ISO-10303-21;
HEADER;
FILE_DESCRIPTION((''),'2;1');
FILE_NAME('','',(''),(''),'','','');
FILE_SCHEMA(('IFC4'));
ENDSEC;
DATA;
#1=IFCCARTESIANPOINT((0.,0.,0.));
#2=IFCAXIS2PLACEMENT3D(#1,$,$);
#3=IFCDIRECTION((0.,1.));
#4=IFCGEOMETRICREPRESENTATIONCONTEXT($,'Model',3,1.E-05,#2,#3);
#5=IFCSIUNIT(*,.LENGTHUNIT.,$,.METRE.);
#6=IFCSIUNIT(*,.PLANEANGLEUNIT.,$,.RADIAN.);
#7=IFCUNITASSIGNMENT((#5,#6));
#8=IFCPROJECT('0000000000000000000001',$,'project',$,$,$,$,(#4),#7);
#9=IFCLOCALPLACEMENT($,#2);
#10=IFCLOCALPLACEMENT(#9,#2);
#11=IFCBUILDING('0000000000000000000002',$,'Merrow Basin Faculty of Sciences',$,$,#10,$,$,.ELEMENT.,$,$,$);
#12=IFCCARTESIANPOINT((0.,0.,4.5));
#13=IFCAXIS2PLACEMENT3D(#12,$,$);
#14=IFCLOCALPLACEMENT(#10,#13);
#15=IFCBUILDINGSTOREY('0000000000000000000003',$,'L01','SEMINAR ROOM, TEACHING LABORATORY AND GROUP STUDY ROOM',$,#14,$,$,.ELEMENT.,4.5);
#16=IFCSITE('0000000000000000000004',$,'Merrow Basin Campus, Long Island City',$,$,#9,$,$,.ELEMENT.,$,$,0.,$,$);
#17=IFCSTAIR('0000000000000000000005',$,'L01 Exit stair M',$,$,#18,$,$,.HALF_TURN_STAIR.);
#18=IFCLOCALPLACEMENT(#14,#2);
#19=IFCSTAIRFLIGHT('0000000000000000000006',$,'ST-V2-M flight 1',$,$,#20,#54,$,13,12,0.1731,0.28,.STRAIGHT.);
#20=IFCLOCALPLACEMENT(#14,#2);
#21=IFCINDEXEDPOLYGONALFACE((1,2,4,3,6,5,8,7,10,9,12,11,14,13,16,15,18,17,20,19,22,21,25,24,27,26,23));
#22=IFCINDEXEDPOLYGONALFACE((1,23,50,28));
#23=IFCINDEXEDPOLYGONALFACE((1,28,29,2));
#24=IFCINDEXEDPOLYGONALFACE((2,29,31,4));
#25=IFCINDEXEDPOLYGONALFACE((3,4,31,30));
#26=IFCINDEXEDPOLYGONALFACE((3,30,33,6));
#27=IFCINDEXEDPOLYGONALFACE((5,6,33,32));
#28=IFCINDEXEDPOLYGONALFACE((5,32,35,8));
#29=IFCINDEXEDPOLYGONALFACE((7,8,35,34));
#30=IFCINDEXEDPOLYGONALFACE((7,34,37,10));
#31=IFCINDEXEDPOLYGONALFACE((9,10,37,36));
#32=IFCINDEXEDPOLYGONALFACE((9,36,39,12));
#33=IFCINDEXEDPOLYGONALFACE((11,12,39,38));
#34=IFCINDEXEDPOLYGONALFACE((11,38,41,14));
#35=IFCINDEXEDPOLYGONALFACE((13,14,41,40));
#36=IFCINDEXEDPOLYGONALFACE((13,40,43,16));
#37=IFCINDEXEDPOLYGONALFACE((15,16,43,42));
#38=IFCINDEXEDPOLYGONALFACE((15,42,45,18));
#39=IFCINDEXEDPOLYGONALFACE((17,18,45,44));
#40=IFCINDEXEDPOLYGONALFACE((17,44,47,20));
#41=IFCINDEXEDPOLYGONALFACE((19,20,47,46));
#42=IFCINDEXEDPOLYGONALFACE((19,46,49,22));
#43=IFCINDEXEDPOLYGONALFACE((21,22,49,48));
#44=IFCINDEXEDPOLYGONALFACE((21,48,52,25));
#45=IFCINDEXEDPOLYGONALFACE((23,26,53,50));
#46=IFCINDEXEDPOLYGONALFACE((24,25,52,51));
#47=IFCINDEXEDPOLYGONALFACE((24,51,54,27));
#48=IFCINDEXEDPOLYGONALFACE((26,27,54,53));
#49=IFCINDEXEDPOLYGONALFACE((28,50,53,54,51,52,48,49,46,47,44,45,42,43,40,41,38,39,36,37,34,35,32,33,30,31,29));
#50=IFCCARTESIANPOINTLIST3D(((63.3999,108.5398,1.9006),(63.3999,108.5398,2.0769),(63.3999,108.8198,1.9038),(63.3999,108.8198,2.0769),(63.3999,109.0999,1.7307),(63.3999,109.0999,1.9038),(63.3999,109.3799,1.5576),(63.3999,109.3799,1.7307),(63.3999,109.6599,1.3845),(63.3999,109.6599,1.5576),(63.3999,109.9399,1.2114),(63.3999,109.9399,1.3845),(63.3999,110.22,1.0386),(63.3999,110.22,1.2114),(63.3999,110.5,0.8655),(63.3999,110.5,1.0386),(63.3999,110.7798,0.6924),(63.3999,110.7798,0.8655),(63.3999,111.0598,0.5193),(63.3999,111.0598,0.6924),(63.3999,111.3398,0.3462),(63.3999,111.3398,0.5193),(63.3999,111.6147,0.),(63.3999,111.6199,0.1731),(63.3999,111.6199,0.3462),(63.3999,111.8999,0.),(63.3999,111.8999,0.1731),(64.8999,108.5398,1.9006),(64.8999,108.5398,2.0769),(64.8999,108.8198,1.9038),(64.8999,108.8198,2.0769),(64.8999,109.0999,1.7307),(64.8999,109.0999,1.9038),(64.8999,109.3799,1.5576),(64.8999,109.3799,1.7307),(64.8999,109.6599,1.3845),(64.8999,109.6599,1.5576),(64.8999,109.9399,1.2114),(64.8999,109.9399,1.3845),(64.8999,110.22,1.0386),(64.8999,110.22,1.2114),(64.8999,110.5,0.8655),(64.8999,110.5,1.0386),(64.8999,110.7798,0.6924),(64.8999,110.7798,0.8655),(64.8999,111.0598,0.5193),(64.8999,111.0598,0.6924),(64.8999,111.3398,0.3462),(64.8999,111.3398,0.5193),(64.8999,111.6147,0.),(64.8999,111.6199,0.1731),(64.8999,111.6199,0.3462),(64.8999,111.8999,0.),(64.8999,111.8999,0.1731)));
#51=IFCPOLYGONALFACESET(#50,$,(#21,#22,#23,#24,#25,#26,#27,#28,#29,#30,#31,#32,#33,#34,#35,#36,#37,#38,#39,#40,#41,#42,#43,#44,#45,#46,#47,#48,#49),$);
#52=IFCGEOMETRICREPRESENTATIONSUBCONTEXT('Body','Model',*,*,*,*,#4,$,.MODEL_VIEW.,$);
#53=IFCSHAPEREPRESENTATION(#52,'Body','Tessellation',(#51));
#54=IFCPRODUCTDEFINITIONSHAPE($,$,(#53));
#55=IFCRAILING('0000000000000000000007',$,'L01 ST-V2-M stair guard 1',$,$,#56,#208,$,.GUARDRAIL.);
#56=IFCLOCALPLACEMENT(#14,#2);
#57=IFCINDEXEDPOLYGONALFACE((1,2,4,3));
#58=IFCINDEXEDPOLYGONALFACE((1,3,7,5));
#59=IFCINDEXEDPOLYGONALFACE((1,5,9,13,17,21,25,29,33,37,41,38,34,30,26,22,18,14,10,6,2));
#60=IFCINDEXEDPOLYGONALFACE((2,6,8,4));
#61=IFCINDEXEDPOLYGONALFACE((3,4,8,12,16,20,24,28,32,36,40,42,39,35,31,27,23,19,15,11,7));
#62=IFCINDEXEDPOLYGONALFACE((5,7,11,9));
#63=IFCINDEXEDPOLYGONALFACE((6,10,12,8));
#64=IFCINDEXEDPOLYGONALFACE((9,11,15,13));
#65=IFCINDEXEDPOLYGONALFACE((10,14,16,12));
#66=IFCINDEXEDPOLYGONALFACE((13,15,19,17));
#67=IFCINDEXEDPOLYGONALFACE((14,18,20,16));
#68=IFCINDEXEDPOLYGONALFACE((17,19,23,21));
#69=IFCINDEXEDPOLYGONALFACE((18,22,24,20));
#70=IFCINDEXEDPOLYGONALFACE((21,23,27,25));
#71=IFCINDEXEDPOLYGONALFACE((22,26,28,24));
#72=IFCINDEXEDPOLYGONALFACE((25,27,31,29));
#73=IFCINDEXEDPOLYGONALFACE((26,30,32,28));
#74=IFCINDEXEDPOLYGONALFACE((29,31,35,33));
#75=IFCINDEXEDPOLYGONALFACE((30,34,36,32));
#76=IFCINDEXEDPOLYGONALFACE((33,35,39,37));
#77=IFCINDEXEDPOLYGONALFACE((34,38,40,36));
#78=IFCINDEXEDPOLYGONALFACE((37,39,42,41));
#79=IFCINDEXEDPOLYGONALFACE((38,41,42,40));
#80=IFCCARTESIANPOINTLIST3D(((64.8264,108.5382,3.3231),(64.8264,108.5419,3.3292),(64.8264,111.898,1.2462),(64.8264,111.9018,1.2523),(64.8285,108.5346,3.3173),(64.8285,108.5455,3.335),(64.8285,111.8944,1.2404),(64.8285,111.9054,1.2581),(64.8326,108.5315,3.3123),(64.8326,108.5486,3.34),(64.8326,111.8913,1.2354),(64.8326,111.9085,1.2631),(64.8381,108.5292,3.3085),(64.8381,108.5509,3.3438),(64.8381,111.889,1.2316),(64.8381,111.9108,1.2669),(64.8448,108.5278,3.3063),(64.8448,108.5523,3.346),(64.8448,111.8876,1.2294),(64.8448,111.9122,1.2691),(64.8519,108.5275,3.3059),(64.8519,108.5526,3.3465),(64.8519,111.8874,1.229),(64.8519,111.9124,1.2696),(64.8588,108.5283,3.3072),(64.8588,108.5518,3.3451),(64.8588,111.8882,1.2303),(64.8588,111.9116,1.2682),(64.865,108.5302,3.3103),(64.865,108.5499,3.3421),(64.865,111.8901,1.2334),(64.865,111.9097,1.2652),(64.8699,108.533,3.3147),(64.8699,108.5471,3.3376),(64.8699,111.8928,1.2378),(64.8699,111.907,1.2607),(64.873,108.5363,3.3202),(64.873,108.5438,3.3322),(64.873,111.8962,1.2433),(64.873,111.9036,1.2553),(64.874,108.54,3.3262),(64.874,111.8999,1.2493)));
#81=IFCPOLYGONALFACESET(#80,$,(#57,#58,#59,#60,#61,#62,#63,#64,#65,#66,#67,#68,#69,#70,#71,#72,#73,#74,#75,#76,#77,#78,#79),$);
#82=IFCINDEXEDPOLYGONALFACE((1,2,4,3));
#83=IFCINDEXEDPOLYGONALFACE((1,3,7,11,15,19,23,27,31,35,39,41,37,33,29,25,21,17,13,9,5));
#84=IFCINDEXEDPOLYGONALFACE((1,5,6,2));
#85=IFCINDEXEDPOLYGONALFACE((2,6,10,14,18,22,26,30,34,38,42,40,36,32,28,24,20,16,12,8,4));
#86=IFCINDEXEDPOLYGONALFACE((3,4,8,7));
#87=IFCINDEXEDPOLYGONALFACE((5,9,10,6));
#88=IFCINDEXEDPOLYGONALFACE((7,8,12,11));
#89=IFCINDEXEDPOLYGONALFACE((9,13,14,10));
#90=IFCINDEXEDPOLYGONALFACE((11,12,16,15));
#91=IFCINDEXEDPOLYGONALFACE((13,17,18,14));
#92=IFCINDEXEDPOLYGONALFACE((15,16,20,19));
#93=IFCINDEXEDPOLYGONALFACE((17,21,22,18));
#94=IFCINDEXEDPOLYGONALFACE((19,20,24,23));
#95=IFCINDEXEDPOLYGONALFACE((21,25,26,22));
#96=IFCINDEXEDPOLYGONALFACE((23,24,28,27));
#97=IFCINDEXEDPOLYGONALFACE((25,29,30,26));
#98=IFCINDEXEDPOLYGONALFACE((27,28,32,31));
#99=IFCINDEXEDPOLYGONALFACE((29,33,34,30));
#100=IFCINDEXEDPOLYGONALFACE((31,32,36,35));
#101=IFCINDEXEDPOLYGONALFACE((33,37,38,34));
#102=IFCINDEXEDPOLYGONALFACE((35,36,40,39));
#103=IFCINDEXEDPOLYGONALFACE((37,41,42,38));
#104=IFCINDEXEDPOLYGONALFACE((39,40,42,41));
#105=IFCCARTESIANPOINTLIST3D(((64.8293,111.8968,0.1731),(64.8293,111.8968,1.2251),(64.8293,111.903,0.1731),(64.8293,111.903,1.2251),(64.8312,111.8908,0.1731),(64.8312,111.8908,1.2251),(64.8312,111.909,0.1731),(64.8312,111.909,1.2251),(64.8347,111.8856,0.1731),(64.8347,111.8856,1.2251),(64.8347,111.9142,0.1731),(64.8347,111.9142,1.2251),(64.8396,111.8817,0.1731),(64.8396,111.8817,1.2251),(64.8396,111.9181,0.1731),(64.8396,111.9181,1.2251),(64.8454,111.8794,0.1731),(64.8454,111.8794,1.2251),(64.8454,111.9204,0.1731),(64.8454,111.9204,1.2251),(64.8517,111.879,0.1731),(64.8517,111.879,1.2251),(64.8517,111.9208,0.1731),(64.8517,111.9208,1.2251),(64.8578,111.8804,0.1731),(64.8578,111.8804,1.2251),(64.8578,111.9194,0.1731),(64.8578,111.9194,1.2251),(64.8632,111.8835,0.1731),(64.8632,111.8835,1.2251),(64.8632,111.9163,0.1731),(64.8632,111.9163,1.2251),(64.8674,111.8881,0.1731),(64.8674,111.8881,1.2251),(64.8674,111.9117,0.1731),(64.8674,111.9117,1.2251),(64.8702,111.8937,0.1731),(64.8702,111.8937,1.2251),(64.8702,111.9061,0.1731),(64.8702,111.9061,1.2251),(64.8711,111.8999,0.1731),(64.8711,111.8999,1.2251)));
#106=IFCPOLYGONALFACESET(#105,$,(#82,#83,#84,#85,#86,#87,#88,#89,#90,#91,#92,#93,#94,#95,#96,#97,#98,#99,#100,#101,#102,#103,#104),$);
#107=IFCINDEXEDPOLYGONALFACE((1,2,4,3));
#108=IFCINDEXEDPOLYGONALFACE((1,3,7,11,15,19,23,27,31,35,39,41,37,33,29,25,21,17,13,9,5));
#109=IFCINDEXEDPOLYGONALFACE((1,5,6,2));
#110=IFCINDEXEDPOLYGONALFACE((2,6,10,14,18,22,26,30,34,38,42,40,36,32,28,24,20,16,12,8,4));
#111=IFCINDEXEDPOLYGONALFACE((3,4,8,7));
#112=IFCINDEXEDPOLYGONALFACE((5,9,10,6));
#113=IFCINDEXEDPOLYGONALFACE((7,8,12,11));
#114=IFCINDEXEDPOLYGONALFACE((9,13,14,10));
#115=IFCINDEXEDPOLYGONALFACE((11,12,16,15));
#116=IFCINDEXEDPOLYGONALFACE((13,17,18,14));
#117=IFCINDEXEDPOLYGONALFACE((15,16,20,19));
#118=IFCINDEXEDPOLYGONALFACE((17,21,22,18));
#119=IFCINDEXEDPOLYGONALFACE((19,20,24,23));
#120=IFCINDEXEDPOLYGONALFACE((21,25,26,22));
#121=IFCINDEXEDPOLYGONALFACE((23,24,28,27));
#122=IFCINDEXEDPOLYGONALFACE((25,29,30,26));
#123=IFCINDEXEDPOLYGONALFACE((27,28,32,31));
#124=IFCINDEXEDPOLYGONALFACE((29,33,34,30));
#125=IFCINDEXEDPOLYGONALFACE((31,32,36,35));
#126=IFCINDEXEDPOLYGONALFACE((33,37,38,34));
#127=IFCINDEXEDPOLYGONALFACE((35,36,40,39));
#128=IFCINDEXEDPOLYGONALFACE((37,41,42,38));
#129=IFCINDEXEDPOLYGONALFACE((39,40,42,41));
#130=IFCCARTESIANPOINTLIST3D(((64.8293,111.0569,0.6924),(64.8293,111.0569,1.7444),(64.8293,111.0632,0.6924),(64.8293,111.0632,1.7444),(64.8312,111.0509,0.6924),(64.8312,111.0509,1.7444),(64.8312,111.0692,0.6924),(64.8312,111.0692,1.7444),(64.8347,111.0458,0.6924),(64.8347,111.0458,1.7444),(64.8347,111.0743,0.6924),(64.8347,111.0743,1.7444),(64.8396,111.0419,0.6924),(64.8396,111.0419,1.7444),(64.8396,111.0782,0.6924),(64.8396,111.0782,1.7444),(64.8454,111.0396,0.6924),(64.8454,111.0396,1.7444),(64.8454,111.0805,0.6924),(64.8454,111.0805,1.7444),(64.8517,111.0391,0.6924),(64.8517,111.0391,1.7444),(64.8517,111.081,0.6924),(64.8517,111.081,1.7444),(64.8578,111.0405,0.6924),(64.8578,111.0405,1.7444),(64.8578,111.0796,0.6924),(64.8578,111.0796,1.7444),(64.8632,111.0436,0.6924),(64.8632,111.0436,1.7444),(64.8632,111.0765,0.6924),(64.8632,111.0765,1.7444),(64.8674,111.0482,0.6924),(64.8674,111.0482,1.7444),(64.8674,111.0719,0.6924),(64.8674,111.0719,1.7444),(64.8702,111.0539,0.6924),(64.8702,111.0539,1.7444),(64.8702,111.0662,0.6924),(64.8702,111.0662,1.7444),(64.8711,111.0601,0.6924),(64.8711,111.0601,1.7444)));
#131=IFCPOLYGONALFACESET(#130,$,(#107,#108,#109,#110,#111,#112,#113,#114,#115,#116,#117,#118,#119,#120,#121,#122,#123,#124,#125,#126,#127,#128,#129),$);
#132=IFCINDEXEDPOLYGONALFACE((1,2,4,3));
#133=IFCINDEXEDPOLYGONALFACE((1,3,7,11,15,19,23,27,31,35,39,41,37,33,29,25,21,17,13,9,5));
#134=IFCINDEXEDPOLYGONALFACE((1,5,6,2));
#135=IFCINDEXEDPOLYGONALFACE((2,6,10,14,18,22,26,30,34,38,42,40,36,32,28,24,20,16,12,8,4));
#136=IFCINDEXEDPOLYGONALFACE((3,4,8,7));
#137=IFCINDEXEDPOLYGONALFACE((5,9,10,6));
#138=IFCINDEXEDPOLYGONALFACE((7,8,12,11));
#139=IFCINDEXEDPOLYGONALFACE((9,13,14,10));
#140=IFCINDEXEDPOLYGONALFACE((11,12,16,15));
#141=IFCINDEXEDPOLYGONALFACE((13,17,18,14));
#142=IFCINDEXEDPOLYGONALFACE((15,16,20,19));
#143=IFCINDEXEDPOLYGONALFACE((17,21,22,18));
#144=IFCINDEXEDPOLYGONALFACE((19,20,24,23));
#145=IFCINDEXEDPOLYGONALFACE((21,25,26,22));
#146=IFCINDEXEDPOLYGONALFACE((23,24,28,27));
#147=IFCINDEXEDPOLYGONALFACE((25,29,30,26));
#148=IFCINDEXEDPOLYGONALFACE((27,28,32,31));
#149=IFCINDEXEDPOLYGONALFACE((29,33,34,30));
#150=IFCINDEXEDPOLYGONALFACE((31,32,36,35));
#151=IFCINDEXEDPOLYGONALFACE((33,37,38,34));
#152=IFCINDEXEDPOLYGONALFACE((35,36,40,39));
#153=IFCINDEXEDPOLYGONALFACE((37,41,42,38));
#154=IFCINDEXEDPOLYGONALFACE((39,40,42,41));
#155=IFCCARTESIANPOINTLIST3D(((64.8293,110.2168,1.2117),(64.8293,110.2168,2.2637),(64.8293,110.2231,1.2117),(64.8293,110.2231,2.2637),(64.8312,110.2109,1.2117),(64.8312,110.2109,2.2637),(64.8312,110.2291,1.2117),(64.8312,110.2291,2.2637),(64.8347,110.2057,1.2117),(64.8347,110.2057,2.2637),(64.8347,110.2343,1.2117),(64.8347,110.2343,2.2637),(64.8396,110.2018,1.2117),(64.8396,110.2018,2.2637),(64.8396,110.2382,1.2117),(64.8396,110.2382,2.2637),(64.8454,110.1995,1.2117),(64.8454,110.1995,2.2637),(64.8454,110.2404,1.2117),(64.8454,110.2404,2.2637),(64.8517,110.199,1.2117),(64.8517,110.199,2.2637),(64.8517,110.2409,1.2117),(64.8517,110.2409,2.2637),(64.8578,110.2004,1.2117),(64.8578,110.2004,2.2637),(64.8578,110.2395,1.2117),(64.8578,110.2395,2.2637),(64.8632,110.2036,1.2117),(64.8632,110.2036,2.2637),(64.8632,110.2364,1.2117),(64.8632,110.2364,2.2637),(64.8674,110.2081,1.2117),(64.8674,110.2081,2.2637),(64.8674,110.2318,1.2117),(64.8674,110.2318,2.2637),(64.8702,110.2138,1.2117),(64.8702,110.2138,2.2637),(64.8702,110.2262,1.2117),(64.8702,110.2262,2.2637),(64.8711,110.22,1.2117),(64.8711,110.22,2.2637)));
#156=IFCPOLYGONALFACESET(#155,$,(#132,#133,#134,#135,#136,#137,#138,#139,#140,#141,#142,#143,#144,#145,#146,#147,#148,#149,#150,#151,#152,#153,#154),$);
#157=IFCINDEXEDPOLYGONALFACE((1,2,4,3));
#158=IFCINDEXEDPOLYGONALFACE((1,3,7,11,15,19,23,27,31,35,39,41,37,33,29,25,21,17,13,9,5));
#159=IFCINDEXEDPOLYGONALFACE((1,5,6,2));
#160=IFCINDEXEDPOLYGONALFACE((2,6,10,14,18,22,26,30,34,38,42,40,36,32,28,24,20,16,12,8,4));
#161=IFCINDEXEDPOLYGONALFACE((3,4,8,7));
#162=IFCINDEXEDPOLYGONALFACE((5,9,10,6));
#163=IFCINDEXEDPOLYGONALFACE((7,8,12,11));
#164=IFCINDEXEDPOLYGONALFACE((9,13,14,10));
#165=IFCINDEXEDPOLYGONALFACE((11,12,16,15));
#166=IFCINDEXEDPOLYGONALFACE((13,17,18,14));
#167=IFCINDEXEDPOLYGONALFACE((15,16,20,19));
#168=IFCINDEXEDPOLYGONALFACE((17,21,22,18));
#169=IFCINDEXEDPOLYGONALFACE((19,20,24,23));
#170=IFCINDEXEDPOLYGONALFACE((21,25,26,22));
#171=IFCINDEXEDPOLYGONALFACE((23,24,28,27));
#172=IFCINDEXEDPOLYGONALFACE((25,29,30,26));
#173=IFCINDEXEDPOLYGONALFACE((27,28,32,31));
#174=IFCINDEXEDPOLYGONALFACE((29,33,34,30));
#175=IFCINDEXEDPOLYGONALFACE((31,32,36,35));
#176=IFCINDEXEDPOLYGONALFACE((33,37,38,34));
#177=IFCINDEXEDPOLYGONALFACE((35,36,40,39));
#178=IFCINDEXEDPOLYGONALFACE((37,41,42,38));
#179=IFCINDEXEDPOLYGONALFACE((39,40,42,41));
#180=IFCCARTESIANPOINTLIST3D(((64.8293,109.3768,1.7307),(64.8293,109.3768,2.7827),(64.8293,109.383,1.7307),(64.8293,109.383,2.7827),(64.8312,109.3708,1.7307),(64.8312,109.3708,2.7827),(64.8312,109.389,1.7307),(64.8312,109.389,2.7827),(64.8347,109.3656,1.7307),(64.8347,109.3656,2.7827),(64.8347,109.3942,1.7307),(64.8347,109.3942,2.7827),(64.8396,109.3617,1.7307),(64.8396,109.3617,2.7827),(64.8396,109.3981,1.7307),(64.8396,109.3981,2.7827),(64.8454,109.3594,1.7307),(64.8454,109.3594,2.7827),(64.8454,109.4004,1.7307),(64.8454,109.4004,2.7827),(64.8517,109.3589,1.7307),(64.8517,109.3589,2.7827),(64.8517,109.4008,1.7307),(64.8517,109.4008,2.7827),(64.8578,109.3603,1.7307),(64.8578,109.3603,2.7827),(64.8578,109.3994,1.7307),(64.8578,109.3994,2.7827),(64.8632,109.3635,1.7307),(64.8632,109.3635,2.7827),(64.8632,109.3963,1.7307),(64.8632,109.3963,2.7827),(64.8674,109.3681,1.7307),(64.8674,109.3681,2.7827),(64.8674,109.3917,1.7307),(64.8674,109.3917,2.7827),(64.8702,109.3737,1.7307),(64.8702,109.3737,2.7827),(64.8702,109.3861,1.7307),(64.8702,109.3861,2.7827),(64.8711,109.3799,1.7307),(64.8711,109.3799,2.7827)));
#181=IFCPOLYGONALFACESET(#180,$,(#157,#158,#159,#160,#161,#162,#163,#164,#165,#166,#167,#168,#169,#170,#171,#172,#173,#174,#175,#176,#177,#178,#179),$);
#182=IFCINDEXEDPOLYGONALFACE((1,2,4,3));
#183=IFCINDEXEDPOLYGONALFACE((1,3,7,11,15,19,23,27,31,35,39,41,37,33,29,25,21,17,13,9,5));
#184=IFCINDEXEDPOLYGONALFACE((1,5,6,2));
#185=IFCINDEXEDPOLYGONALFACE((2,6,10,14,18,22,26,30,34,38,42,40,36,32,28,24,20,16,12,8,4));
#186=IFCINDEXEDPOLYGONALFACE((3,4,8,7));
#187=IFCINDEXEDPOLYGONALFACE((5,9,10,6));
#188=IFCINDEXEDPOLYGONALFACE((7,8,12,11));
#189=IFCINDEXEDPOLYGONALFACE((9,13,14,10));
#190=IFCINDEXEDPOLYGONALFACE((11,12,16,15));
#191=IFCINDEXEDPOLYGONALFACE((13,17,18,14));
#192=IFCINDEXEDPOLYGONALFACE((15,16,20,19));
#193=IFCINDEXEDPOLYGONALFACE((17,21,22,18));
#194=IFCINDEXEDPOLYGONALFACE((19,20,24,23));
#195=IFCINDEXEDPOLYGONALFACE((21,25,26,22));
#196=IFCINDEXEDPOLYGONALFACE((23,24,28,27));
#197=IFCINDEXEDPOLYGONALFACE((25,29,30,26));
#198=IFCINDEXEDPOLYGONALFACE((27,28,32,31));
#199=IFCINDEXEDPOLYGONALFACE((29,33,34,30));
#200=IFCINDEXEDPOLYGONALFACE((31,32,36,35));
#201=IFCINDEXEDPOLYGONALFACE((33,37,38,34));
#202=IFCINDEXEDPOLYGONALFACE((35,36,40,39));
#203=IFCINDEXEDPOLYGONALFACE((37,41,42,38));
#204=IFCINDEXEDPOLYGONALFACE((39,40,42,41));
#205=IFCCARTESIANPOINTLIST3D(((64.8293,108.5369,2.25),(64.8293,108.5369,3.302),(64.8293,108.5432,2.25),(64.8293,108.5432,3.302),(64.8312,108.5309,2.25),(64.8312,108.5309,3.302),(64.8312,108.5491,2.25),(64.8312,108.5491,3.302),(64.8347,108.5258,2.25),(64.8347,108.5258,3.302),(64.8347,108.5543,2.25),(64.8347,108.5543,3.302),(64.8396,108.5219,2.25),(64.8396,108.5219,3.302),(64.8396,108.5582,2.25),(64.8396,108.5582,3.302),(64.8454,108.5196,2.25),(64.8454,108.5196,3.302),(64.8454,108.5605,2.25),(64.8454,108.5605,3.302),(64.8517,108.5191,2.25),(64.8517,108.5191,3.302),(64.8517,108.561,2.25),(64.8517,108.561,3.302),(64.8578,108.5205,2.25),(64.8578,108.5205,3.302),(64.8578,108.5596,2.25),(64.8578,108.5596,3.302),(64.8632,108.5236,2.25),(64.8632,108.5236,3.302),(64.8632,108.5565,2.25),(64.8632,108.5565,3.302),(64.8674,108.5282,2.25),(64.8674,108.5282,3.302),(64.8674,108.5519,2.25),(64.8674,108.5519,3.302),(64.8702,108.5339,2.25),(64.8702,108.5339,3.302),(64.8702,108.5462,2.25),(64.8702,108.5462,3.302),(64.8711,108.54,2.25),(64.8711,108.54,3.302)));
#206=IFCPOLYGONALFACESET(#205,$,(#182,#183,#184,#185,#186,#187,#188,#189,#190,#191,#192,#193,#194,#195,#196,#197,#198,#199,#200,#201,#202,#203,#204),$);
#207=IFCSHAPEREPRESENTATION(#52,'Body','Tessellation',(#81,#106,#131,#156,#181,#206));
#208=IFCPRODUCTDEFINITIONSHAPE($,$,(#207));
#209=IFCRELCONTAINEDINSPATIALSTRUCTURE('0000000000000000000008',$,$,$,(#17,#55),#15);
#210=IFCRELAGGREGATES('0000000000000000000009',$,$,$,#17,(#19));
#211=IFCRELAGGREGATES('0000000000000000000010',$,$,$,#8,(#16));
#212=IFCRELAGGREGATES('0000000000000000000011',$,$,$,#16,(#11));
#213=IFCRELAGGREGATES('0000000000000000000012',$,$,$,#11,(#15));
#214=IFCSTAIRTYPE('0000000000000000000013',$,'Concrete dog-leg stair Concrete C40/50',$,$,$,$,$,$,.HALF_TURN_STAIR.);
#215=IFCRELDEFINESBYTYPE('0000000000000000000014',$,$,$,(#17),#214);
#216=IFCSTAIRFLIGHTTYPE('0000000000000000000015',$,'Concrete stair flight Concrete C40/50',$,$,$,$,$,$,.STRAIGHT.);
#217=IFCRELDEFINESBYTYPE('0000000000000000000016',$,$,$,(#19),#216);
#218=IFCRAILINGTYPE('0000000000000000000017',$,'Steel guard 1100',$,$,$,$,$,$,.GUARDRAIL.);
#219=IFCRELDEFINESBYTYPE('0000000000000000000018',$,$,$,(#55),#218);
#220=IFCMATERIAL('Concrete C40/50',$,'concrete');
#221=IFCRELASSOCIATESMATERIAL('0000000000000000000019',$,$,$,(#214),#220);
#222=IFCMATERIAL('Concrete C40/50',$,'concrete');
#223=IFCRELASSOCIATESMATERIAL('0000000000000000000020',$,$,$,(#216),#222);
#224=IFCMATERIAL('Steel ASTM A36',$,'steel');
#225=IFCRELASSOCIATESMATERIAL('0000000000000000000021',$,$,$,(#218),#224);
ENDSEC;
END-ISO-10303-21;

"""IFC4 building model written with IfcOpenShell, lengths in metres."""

from ifc_helpers import new_model, si_unit, direction, frame, origin, origin_2d, place, context, subcontext, project, spatial, polyline, circle, outline, extrude, material, type_object, element, aggregate, save


model = new_model("IFC4")

# Units and contexts
model_context = context("Model", 3, precision=1e-05, world=origin(), true_north=direction((0.0, 1.0)))
body_context = subcontext(model_context, "Body", "Model", "MODEL_VIEW")
ifc_project = project(units=[si_unit("LENGTHUNIT", "METRE"), si_unit("PLANEANGLEUNIT", "RADIAN")], contexts=[model_context])

# Site, building, storey
site_placement = place(None, origin())
site = spatial("IfcSite", under=ifc_project, at=site_placement, Name="Merrow Basin Campus, Long Island City", CompositionType="ELEMENT", RefElevation=0.0)
building_placement = place(site_placement, origin())
building = spatial("IfcBuilding", under=site, at=building_placement, Name="Merrow Basin Faculty of Sciences", CompositionType="ELEMENT")
storey_placement = place(building_placement, frame((0.0, 0.0, 4.5)))
storey = spatial("IfcBuildingStorey", under=building, at=storey_placement, Name="L01", Description="SEMINAR ROOM, TEACHING LABORATORY AND GROUP STUDY ROOM", CompositionType="ELEMENT", Elevation=4.5)

# Stair, stair flight
ifc_material_1 = material(Name="Concrete C40/50", Category="concrete")
stair_type = type_object("IfcStairType", Name="Concrete dog-leg stair Concrete C40/50", PredefinedType="HALF_TURN_STAIR", material=ifc_material_1)
stair_placement = place(storey_placement, origin())
stair = element("IfcStair", 1, at=stair_placement, inside=storey, type_object=stair_type, Name="L01 Exit stair M", PredefinedType="HALF_TURN_STAIR")
ifc_material_2 = material(Name="Concrete C40/50", Category="concrete")
stair_flight_type = type_object("IfcStairFlightType", Name="Concrete stair flight Concrete C40/50", PredefinedType="STRAIGHT", material=ifc_material_2)
stair_flight_placement = place(storey_placement, frame((64.1499, 111.8999, 0.0), z_axis=(0.0, 0.0, 1.0), x_axis=(0.0, -1.0, 0.0)))
stair_flight = element("IfcStairFlight", 2, at=stair_flight_placement, type_object=stair_flight_type, Name="ST-V2-M flight 1", NumberOfRisers=13, NumberOfTreads=12, PredefinedType="STRAIGHT", RiserHeight=0.1731, TreadLength=0.28, context=body_context, shape_type="SweptSolid", body=[
    extrude(outline(polyline([(0.0, 0.0), (0.0, 0.1731), (0.28, 0.1731), (0.28, 0.3462), (0.5601, 0.3462), (0.5601, 0.5193), (0.8401, 0.5193), (0.8401, 0.6924), (1.1201, 0.6924), (1.1201, 0.8655), (1.3999, 0.8655), (1.3999, 1.0386), (1.6799, 1.0386), (1.6799, 1.2114), (1.96, 1.2114), (1.96, 1.3845), (2.24, 1.3845), (2.24, 1.5576), (2.52, 1.5576), (2.52, 1.7307), (2.8, 1.7307), (2.8, 1.9038), (3.0801, 1.9038), (3.0801, 2.0769), (3.3601, 2.0769), (3.3601, 2.25), (3.3601, 1.9006), (0.2852, 0.0), (0.0, 0.0)])), frame((0.0, 0.75, 0.0), z_axis=(0.0, -1.0, 0.0), x_axis=(1.0, 0.0, 0.0)), (0.0, 0.0, 1.0), 1.5),
])
aggregate(stair, [stair_flight])

# Railing
ifc_material_3 = material(Name="Steel ASTM A36", Category="steel")
railing_type_1 = type_object("IfcRailingType", Name="Steel guard 1100", PredefinedType="GUARDRAIL", material=ifc_material_3)
railing_1_placement = place(storey_placement, frame((64.8501, 111.8999, 0.1731)))
element("IfcRailing", 3, at=railing_1_placement, inside=storey, type_object=railing_type_1, Name="L01 ST-V2-M stair guard 1", PredefinedType="GUARDRAIL", context=body_context, shape_type="SweptSolid", body=[
    extrude(circle(Radius=0.0239, at=origin_2d()), frame((0.0, 0.0, 1.0762), z_axis=(0.0, -0.850606, 0.525803), x_axis=(1.0, 0.0, 0.0)), (0.0, 0.0, 1.0), 3.95),
    extrude(circle(Radius=0.021, at=origin_2d()), origin(), (0.0, 0.0, 1.0), 1.052),
    extrude(circle(Radius=0.021, at=origin_2d()), frame((0.0, -0.8398, 0.5193)), (0.0, 0.0, 1.0), 1.052),
    extrude(circle(Radius=0.021, at=origin_2d()), frame((0.0, -1.6799, 1.0386)), (0.0, 0.0, 1.0), 1.052),
    extrude(circle(Radius=0.021, at=origin_2d()), frame((0.0, -2.52, 1.5576)), (0.0, 0.0, 1.0), 1.052),
    extrude(circle(Radius=0.021, at=origin_2d()), frame((0.0, -3.3599, 2.0769)), (0.0, 0.0, 1.0), 1.052),
])

save(model, "model.ifc")
